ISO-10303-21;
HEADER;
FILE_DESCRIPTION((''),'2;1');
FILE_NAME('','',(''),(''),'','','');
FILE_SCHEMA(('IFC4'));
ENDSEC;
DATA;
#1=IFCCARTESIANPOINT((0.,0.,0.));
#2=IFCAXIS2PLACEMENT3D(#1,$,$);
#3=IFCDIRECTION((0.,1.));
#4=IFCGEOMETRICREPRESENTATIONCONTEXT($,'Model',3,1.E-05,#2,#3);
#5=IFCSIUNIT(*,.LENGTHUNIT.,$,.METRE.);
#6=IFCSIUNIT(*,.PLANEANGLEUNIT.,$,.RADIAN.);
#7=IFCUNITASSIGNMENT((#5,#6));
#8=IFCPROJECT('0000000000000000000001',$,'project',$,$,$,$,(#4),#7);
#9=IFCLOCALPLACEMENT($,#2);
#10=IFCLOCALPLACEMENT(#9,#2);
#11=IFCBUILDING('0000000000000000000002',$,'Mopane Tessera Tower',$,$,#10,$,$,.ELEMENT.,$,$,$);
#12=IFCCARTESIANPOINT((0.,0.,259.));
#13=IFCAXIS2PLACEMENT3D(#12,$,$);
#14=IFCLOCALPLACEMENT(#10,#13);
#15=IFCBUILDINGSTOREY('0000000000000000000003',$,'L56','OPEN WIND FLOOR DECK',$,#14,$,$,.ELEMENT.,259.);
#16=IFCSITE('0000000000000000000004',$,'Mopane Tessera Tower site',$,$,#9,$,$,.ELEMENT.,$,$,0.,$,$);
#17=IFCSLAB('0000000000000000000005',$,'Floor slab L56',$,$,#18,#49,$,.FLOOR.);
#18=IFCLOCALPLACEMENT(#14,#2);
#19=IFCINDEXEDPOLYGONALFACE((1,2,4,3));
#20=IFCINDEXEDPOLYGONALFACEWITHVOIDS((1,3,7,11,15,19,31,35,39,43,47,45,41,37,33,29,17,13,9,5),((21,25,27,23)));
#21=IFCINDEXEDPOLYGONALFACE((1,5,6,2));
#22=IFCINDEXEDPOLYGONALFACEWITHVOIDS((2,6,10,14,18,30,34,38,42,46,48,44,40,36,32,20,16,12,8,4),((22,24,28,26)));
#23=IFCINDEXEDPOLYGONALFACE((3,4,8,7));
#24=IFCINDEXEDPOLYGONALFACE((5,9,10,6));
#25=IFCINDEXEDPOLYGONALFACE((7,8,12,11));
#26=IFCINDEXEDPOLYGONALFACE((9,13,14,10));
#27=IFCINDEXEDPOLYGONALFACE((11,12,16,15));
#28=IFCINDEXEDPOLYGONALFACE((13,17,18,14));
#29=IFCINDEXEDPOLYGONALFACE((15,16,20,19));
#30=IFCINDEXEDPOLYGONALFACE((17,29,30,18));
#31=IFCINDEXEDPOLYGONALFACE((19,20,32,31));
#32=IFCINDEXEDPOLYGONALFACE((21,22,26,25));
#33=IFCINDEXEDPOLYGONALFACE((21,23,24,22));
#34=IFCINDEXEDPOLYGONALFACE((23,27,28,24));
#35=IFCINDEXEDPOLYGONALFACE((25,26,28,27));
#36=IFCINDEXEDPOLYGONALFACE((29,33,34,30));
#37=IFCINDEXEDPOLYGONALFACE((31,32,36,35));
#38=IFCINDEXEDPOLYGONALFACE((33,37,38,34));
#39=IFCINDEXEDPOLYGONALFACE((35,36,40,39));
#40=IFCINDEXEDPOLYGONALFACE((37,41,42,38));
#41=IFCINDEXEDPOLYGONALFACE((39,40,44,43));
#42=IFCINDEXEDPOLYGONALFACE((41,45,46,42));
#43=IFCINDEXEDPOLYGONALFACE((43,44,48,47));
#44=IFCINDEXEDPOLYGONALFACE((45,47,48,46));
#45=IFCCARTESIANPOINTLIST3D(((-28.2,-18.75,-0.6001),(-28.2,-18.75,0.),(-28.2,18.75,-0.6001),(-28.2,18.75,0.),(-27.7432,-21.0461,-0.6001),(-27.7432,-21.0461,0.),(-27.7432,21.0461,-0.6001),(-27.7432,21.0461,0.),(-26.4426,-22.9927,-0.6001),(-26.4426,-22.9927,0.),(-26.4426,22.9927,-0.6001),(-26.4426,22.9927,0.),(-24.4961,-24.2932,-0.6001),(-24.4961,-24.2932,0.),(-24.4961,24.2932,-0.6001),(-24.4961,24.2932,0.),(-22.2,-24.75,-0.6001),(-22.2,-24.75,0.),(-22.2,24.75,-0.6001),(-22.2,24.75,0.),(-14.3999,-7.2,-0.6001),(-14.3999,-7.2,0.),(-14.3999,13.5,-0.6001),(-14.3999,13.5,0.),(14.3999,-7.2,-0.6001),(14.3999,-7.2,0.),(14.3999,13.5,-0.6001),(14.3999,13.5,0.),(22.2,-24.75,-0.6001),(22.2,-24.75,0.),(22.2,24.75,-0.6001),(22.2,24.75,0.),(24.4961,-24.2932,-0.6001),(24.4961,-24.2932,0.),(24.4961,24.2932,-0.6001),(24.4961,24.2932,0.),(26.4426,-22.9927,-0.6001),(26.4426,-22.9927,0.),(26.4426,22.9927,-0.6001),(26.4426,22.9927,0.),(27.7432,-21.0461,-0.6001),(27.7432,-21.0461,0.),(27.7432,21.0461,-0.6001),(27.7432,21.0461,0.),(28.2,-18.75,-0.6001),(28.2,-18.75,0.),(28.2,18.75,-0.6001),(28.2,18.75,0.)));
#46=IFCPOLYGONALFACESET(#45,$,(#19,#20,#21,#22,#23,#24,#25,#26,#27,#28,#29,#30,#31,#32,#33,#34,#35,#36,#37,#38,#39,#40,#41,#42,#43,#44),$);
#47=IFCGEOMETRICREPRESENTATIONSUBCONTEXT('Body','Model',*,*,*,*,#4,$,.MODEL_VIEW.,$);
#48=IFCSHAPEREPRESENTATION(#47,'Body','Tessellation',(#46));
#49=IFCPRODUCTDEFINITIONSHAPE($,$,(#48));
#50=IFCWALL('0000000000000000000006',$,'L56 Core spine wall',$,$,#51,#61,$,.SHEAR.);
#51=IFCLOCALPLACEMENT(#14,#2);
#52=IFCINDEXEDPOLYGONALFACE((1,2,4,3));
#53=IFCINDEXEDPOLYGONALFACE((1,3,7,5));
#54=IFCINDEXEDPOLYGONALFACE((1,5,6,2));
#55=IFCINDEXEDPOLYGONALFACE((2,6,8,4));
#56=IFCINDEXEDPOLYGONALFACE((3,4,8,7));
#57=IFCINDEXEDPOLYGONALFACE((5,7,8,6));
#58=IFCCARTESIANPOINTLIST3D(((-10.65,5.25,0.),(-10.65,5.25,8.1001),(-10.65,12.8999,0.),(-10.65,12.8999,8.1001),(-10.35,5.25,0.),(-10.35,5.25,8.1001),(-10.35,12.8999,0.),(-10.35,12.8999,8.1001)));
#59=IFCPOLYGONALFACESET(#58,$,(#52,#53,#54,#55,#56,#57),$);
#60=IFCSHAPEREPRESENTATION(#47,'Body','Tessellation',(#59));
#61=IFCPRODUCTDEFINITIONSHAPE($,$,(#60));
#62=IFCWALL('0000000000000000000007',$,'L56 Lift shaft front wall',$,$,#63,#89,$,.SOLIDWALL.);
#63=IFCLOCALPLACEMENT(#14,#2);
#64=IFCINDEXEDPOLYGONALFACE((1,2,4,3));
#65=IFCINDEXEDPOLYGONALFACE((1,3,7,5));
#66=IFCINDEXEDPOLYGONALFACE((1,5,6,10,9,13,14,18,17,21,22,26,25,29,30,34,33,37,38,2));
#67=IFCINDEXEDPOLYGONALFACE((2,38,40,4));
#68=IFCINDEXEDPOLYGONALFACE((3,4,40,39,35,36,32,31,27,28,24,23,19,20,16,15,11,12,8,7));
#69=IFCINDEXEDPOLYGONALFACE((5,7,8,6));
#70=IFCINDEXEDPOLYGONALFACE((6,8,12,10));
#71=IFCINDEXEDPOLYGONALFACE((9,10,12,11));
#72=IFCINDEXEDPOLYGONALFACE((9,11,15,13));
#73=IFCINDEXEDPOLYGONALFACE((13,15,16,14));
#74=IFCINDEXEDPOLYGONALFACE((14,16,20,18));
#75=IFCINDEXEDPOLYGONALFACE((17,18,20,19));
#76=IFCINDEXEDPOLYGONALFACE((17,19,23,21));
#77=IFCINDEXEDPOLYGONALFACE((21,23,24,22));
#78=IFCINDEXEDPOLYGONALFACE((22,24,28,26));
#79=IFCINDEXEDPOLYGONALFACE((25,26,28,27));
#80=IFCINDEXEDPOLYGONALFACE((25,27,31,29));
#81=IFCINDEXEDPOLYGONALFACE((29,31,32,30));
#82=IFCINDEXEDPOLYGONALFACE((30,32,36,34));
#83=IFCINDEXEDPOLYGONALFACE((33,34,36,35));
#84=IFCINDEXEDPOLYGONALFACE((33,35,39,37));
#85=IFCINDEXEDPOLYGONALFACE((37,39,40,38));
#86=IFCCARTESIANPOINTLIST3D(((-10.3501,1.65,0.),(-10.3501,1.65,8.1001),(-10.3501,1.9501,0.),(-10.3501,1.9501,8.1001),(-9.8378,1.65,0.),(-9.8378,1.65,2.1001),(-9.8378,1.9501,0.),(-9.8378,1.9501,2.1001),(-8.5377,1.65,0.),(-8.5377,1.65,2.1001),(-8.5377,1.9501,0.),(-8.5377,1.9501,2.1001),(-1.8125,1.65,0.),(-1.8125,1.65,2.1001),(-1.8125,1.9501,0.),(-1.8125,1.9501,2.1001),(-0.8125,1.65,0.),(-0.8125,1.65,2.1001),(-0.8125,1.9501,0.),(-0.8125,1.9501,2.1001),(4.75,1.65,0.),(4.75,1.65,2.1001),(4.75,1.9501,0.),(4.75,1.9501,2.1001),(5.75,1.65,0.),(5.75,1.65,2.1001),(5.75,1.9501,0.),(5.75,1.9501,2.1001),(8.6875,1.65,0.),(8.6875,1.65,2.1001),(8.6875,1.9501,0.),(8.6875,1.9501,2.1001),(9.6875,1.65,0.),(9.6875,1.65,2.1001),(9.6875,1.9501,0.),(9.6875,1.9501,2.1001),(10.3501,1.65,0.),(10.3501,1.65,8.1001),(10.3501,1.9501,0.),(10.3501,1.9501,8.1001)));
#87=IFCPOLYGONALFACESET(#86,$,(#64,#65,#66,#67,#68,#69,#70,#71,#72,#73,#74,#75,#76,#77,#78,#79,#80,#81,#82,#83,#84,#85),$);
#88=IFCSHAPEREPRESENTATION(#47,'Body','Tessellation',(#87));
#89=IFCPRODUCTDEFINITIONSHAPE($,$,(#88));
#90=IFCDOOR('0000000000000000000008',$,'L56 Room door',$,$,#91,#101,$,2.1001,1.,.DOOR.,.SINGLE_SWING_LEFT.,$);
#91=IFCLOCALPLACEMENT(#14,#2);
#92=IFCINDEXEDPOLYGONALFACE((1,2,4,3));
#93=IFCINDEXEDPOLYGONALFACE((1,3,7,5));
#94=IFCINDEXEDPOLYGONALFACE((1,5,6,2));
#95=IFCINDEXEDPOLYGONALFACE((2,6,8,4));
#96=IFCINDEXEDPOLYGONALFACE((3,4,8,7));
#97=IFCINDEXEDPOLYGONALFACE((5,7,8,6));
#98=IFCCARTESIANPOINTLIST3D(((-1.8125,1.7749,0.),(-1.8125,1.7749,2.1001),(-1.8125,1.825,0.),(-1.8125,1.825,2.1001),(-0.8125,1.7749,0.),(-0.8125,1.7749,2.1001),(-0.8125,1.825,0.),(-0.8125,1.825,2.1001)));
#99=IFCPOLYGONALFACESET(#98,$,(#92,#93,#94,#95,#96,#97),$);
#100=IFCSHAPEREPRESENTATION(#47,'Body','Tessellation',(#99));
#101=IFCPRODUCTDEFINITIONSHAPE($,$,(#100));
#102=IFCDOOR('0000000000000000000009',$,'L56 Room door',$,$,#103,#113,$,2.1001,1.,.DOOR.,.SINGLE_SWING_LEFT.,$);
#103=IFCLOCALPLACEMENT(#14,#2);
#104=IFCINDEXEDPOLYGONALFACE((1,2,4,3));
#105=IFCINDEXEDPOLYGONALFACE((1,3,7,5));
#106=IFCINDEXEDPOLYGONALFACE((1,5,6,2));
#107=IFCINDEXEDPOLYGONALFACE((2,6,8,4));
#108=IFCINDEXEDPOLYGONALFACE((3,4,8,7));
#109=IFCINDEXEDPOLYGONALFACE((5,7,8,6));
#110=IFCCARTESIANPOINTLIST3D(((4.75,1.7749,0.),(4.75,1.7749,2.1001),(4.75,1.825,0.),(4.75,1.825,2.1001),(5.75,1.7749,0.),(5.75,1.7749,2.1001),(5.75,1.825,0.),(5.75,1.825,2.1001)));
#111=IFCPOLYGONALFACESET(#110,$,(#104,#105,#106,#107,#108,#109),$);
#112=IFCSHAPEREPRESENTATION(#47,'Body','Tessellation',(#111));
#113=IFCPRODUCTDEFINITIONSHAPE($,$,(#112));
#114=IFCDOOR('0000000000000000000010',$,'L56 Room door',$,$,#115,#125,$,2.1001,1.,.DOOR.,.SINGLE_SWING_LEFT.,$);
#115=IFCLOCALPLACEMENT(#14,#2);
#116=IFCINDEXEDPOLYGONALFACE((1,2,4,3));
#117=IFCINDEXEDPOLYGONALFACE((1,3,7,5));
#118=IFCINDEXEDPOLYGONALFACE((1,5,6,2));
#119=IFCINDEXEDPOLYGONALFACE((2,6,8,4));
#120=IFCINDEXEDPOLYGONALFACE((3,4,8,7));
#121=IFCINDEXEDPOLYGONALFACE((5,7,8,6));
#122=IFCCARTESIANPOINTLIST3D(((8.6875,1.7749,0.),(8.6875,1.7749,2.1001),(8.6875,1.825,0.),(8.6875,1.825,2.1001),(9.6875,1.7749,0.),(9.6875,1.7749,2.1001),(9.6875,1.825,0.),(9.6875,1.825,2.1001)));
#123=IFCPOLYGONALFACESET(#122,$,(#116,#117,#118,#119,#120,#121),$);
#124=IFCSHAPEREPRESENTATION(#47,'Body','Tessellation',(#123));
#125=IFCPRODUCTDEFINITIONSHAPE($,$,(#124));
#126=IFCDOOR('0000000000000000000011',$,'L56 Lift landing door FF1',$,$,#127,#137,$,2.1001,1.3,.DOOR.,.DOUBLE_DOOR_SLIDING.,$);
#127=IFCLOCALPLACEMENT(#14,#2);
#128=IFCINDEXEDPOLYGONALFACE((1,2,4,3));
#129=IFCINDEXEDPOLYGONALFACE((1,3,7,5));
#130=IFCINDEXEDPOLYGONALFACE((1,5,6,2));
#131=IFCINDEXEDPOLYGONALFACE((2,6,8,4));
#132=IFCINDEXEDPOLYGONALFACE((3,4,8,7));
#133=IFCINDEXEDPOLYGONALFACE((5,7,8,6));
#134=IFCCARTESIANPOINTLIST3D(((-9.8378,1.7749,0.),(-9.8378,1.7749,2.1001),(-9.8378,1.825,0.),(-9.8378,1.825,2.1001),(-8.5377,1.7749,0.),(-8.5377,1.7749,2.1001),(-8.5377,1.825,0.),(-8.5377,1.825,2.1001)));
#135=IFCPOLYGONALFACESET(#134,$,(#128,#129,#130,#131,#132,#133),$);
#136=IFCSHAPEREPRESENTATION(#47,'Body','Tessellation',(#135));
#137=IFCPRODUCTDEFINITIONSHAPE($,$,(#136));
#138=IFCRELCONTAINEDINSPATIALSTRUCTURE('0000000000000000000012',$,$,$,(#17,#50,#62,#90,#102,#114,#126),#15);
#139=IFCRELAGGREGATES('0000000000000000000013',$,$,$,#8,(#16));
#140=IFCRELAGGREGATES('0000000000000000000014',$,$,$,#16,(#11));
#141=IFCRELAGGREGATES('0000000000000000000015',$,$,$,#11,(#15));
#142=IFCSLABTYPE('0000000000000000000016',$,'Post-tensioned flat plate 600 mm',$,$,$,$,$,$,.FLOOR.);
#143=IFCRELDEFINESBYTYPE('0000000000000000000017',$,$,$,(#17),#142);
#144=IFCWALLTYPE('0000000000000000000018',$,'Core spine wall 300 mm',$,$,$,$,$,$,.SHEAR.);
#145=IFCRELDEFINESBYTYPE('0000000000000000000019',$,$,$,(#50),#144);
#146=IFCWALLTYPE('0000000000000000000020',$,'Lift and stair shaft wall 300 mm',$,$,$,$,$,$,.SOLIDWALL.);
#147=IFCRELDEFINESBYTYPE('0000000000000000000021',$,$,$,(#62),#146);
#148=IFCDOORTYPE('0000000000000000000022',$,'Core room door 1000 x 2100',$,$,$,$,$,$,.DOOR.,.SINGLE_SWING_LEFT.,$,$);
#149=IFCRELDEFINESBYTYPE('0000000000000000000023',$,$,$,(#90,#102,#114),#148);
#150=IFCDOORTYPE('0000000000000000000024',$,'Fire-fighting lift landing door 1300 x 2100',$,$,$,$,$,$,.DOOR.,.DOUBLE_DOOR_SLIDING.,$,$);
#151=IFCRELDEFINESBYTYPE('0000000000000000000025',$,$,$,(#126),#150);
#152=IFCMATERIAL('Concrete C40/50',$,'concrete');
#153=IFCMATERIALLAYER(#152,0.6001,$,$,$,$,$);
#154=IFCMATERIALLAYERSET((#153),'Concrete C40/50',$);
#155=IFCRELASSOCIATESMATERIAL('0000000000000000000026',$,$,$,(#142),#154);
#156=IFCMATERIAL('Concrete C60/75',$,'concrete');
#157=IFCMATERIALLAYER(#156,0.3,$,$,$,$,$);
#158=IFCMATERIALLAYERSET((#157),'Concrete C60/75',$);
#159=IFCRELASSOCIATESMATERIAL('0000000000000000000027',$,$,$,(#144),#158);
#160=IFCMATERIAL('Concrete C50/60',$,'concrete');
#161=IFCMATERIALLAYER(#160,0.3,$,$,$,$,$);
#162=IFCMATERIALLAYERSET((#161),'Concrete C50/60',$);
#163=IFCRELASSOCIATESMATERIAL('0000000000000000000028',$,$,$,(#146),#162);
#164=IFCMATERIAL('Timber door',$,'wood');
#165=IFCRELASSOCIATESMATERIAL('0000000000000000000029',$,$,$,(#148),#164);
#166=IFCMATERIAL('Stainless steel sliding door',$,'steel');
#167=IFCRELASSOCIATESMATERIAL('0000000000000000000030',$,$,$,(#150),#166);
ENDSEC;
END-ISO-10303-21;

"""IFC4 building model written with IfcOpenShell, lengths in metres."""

from ifc_helpers import new_model, si_unit, direction, frame, frame_2d, origin, place, context, subcontext, project, spatial, polyline, rectangle, outline, extrude, material, layer, layer_set, type_object, element, fill, save


model = new_model("IFC4")

# Units and contexts
model_context = context("Model", 3, precision=1e-05, world=origin(), true_north=direction((0.0, 1.0)))
body_context = subcontext(model_context, "Body", "Model", "MODEL_VIEW")
ifc_project = project(units=[si_unit("LENGTHUNIT", "METRE"), si_unit("PLANEANGLEUNIT", "RADIAN")], contexts=[model_context])

# Site, building, storey
site_placement = place(None, origin())
site = spatial("IfcSite", under=ifc_project, at=site_placement, Name="Mopane Tessera Tower site", CompositionType="ELEMENT", RefElevation=0.0)
building_placement = place(site_placement, origin())
building = spatial("IfcBuilding", under=site, at=building_placement, Name="Mopane Tessera Tower", CompositionType="ELEMENT")
storey_placement = place(building_placement, frame((0.0, 0.0, 259.0)))
storey = spatial("IfcBuildingStorey", under=building, at=storey_placement, Name="L56", Description="OPEN WIND FLOOR DECK", CompositionType="ELEMENT", Elevation=259.0)

# Slab
ifc_material_1 = material(Name="Concrete C40/50", Category="concrete")
ifc_layer_1 = layer(ifc_material_1, 0.6001)
ifc_layer_set_1 = layer_set([ifc_layer_1], Name="Concrete C40/50")
slab_type = type_object("IfcSlabType", Name="Post-tensioned flat plate 600 mm", PredefinedType="FLOOR", material=ifc_layer_set_1)
slab_placement = place(storey_placement, frame((0.0, 0.0, -0.6001)))
element("IfcSlab", 1, at=slab_placement, inside=storey, type_object=slab_type, Name="Floor slab L56", PredefinedType="FLOOR", context=body_context, shape_type="SweptSolid", body=[
    extrude(outline(polyline([(-22.2, -24.75), (22.2, -24.75), (24.4961, -24.2932), (26.4426, -22.9927), (27.7432, -21.0461), (28.2, -18.75), (28.2, 18.75), (27.7432, 21.0461), (26.4426, 22.9927), (24.4961, 24.2932), (22.2, 24.75), (-22.2, 24.75), (-24.4961, 24.2932), (-26.4426, 22.9927), (-27.7432, 21.0461), (-28.2, 18.75), (-28.2, -18.75), (-27.7432, -21.0461), (-26.4426, -22.9927), (-24.4961, -24.2932), (-22.2, -24.75)]), holes=[polyline([(14.3999, -7.2), (-14.3999, -7.2), (-14.3999, 13.5), (14.3999, 13.5), (14.3999, -7.2)])]), origin(), (0.0, 0.0, 1.0), 0.6001),
])

# Wall
ifc_material_2 = material(Name="Concrete C60/75", Category="concrete")
ifc_layer_2 = layer(ifc_material_2, 0.3)
ifc_layer_set_2 = layer_set([ifc_layer_2], Name="Concrete C60/75")
wall_type_1 = type_object("IfcWallType", Name="Core spine wall 300 mm", PredefinedType="SHEAR", material=ifc_layer_set_2)
wall_1_placement = place(storey_placement, frame((-10.5, 5.25, 0.0), z_axis=(0.0, 0.0, 1.0), x_axis=(0.0, 1.0, 0.0)))
element("IfcWall", 2, at=wall_1_placement, inside=storey, type_object=wall_type_1, Name="L56 Core spine wall", PredefinedType="SHEAR", context=body_context, shape_type="SweptSolid", body=[
    extrude(rectangle(XDim=7.6499, YDim=0.3, at=frame_2d((3.825, 0.0))), origin(), (0.0, 0.0, 1.0), 8.1001),
])

# Wall, openings, doors
ifc_material_3 = material(Name="Concrete C50/60", Category="concrete")
ifc_layer_3 = layer(ifc_material_3, 0.3)
ifc_layer_set_3 = layer_set([ifc_layer_3], Name="Concrete C50/60")
wall_type_2 = type_object("IfcWallType", Name="Lift and stair shaft wall 300 mm", PredefinedType="SOLIDWALL", material=ifc_layer_set_3)
wall_2_placement = place(storey_placement, frame((-10.3501, 1.8, 0.0), z_axis=(0.0, 0.0, 1.0), x_axis=(1.0, 0.0, 0.0)))
wall_2 = element("IfcWall", 3, at=wall_2_placement, inside=storey, type_object=wall_type_2, Name="L56 Lift shaft front wall", PredefinedType="SOLIDWALL", context=body_context, shape_type="SweptSolid", body=[
    extrude(rectangle(XDim=20.7002, YDim=0.3, at=frame_2d((10.3501, 0.0))), origin(), (0.0, 0.0, 1.0), 8.1001),
])
opening_1_placement = place(wall_2_placement, frame((0.5125, 0.0, 0.0)))
opening_1 = element("IfcOpeningElement", 4, at=opening_1_placement, cuts=wall_2, PredefinedType="OPENING", context=body_context, shape_type="SweptSolid", body=[
    extrude(rectangle(XDim=1.3, YDim=2.1001, at=frame_2d((0.6499, 1.05))), frame((0.0, 0.1621, 0.0), z_axis=(0.0, -1.0, 0.0), x_axis=(1.0, 0.0, 0.0)), (0.0, 0.0, 1.0), 0.324),
])
opening_2_placement = place(wall_2_placement, frame((8.5376, 0.0, 0.0)))
opening_2 = element("IfcOpeningElement", 5, at=opening_2_placement, cuts=wall_2, PredefinedType="OPENING", context=body_context, shape_type="SweptSolid", body=[
    extrude(rectangle(XDim=1.0, YDim=2.1001, at=frame_2d((0.5, 1.05))), frame((0.0, 0.1621, 0.0), z_axis=(0.0, -1.0, 0.0), x_axis=(1.0, 0.0, 0.0)), (0.0, 0.0, 1.0), 0.324),
])
opening_3_placement = place(wall_2_placement, frame((15.1001, 0.0, 0.0)))
opening_3 = element("IfcOpeningElement", 6, at=opening_3_placement, cuts=wall_2, PredefinedType="OPENING", context=body_context, shape_type="SweptSolid", body=[
    extrude(rectangle(XDim=1.0, YDim=2.1001, at=frame_2d((0.5, 1.05))), frame((0.0, 0.1621, 0.0), z_axis=(0.0, -1.0, 0.0), x_axis=(1.0, 0.0, 0.0)), (0.0, 0.0, 1.0), 0.324),
])
opening_4_placement = place(wall_2_placement, frame((19.0376, 0.0, 0.0)))
opening_4 = element("IfcOpeningElement", 7, at=opening_4_placement, cuts=wall_2, PredefinedType="OPENING", context=body_context, shape_type="SweptSolid", body=[
    extrude(rectangle(XDim=1.0, YDim=2.1001, at=frame_2d((0.5, 1.05))), frame((0.0, 0.1621, 0.0), z_axis=(0.0, -1.0, 0.0), x_axis=(1.0, 0.0, 0.0)), (0.0, 0.0, 1.0), 0.324),
])
ifc_material_4 = material(Name="Timber door", Category="wood")
door_type_1 = type_object("IfcDoorType", Name="Core room door 1000 x 2100", OperationType="SINGLE_SWING_LEFT", PredefinedType="DOOR", material=ifc_material_4)
door_1_placement = place(opening_2_placement, origin())
door_1 = element("IfcDoor", 8, at=door_1_placement, inside=storey, type_object=door_type_1, Name="L56 Room door", OperationType="SINGLE_SWING_LEFT", OverallHeight=2.1001, OverallWidth=1.0, PredefinedType="DOOR", context=body_context, shape_type="SweptSolid", body=[
    extrude(rectangle(XDim=1.0, YDim=2.1001, at=frame_2d((0.5, 1.05))), frame((0.0, 0.0249, 0.0), z_axis=(0.0, -1.0, 0.0), x_axis=(1.0, 0.0, 0.0)), (0.0, 0.0, 1.0), 0.05),
])
fill(opening_2, door_1)
door_2_placement = place(opening_3_placement, origin())
door_2 = element("IfcDoor", 9, at=door_2_placement, inside=storey, type_object=door_type_1, Name="L56 Room door", OperationType="SINGLE_SWING_LEFT", OverallHeight=2.1001, OverallWidth=1.0, PredefinedType="DOOR", context=body_context, shape_type="SweptSolid", body=[
    extrude(rectangle(XDim=1.0, YDim=2.1001, at=frame_2d((0.5, 1.05))), frame((0.0, 0.0249, 0.0), z_axis=(0.0, -1.0, 0.0), x_axis=(1.0, 0.0, 0.0)), (0.0, 0.0, 1.0), 0.05),
])
fill(opening_3, door_2)
door_3_placement = place(opening_4_placement, origin())
door_3 = element("IfcDoor", 10, at=door_3_placement, inside=storey, type_object=door_type_1, Name="L56 Room door", OperationType="SINGLE_SWING_LEFT", OverallHeight=2.1001, OverallWidth=1.0, PredefinedType="DOOR", context=body_context, shape_type="SweptSolid", body=[
    extrude(rectangle(XDim=1.0, YDim=2.1001, at=frame_2d((0.5, 1.05))), frame((0.0, 0.0249, 0.0), z_axis=(0.0, -1.0, 0.0), x_axis=(1.0, 0.0, 0.0)), (0.0, 0.0, 1.0), 0.05),
])
fill(opening_4, door_3)
ifc_material_5 = material(Name="Stainless steel sliding door", Category="steel")
door_type_2 = type_object("IfcDoorType", Name="Fire-fighting lift landing door 1300 x 2100", OperationType="DOUBLE_DOOR_SLIDING", PredefinedType="DOOR", material=ifc_material_5)
door_4_placement = place(opening_1_placement, origin())
door_4 = element("IfcDoor", 11, at=door_4_placement, inside=storey, type_object=door_type_2, Name="L56 Lift landing door FF1", OperationType="DOUBLE_DOOR_SLIDING", OverallHeight=2.1001, OverallWidth=1.3, PredefinedType="DOOR", context=body_context, shape_type="SweptSolid", body=[
    extrude(rectangle(XDim=1.3, YDim=2.1001, at=frame_2d((0.6499, 1.05))), frame((0.0, 0.0249, 0.0), z_axis=(0.0, -1.0, 0.0), x_axis=(1.0, 0.0, 0.0)), (0.0, 0.0, 1.0), 0.05),
])
fill(opening_1, door_4)

save(model, "model.ifc")
